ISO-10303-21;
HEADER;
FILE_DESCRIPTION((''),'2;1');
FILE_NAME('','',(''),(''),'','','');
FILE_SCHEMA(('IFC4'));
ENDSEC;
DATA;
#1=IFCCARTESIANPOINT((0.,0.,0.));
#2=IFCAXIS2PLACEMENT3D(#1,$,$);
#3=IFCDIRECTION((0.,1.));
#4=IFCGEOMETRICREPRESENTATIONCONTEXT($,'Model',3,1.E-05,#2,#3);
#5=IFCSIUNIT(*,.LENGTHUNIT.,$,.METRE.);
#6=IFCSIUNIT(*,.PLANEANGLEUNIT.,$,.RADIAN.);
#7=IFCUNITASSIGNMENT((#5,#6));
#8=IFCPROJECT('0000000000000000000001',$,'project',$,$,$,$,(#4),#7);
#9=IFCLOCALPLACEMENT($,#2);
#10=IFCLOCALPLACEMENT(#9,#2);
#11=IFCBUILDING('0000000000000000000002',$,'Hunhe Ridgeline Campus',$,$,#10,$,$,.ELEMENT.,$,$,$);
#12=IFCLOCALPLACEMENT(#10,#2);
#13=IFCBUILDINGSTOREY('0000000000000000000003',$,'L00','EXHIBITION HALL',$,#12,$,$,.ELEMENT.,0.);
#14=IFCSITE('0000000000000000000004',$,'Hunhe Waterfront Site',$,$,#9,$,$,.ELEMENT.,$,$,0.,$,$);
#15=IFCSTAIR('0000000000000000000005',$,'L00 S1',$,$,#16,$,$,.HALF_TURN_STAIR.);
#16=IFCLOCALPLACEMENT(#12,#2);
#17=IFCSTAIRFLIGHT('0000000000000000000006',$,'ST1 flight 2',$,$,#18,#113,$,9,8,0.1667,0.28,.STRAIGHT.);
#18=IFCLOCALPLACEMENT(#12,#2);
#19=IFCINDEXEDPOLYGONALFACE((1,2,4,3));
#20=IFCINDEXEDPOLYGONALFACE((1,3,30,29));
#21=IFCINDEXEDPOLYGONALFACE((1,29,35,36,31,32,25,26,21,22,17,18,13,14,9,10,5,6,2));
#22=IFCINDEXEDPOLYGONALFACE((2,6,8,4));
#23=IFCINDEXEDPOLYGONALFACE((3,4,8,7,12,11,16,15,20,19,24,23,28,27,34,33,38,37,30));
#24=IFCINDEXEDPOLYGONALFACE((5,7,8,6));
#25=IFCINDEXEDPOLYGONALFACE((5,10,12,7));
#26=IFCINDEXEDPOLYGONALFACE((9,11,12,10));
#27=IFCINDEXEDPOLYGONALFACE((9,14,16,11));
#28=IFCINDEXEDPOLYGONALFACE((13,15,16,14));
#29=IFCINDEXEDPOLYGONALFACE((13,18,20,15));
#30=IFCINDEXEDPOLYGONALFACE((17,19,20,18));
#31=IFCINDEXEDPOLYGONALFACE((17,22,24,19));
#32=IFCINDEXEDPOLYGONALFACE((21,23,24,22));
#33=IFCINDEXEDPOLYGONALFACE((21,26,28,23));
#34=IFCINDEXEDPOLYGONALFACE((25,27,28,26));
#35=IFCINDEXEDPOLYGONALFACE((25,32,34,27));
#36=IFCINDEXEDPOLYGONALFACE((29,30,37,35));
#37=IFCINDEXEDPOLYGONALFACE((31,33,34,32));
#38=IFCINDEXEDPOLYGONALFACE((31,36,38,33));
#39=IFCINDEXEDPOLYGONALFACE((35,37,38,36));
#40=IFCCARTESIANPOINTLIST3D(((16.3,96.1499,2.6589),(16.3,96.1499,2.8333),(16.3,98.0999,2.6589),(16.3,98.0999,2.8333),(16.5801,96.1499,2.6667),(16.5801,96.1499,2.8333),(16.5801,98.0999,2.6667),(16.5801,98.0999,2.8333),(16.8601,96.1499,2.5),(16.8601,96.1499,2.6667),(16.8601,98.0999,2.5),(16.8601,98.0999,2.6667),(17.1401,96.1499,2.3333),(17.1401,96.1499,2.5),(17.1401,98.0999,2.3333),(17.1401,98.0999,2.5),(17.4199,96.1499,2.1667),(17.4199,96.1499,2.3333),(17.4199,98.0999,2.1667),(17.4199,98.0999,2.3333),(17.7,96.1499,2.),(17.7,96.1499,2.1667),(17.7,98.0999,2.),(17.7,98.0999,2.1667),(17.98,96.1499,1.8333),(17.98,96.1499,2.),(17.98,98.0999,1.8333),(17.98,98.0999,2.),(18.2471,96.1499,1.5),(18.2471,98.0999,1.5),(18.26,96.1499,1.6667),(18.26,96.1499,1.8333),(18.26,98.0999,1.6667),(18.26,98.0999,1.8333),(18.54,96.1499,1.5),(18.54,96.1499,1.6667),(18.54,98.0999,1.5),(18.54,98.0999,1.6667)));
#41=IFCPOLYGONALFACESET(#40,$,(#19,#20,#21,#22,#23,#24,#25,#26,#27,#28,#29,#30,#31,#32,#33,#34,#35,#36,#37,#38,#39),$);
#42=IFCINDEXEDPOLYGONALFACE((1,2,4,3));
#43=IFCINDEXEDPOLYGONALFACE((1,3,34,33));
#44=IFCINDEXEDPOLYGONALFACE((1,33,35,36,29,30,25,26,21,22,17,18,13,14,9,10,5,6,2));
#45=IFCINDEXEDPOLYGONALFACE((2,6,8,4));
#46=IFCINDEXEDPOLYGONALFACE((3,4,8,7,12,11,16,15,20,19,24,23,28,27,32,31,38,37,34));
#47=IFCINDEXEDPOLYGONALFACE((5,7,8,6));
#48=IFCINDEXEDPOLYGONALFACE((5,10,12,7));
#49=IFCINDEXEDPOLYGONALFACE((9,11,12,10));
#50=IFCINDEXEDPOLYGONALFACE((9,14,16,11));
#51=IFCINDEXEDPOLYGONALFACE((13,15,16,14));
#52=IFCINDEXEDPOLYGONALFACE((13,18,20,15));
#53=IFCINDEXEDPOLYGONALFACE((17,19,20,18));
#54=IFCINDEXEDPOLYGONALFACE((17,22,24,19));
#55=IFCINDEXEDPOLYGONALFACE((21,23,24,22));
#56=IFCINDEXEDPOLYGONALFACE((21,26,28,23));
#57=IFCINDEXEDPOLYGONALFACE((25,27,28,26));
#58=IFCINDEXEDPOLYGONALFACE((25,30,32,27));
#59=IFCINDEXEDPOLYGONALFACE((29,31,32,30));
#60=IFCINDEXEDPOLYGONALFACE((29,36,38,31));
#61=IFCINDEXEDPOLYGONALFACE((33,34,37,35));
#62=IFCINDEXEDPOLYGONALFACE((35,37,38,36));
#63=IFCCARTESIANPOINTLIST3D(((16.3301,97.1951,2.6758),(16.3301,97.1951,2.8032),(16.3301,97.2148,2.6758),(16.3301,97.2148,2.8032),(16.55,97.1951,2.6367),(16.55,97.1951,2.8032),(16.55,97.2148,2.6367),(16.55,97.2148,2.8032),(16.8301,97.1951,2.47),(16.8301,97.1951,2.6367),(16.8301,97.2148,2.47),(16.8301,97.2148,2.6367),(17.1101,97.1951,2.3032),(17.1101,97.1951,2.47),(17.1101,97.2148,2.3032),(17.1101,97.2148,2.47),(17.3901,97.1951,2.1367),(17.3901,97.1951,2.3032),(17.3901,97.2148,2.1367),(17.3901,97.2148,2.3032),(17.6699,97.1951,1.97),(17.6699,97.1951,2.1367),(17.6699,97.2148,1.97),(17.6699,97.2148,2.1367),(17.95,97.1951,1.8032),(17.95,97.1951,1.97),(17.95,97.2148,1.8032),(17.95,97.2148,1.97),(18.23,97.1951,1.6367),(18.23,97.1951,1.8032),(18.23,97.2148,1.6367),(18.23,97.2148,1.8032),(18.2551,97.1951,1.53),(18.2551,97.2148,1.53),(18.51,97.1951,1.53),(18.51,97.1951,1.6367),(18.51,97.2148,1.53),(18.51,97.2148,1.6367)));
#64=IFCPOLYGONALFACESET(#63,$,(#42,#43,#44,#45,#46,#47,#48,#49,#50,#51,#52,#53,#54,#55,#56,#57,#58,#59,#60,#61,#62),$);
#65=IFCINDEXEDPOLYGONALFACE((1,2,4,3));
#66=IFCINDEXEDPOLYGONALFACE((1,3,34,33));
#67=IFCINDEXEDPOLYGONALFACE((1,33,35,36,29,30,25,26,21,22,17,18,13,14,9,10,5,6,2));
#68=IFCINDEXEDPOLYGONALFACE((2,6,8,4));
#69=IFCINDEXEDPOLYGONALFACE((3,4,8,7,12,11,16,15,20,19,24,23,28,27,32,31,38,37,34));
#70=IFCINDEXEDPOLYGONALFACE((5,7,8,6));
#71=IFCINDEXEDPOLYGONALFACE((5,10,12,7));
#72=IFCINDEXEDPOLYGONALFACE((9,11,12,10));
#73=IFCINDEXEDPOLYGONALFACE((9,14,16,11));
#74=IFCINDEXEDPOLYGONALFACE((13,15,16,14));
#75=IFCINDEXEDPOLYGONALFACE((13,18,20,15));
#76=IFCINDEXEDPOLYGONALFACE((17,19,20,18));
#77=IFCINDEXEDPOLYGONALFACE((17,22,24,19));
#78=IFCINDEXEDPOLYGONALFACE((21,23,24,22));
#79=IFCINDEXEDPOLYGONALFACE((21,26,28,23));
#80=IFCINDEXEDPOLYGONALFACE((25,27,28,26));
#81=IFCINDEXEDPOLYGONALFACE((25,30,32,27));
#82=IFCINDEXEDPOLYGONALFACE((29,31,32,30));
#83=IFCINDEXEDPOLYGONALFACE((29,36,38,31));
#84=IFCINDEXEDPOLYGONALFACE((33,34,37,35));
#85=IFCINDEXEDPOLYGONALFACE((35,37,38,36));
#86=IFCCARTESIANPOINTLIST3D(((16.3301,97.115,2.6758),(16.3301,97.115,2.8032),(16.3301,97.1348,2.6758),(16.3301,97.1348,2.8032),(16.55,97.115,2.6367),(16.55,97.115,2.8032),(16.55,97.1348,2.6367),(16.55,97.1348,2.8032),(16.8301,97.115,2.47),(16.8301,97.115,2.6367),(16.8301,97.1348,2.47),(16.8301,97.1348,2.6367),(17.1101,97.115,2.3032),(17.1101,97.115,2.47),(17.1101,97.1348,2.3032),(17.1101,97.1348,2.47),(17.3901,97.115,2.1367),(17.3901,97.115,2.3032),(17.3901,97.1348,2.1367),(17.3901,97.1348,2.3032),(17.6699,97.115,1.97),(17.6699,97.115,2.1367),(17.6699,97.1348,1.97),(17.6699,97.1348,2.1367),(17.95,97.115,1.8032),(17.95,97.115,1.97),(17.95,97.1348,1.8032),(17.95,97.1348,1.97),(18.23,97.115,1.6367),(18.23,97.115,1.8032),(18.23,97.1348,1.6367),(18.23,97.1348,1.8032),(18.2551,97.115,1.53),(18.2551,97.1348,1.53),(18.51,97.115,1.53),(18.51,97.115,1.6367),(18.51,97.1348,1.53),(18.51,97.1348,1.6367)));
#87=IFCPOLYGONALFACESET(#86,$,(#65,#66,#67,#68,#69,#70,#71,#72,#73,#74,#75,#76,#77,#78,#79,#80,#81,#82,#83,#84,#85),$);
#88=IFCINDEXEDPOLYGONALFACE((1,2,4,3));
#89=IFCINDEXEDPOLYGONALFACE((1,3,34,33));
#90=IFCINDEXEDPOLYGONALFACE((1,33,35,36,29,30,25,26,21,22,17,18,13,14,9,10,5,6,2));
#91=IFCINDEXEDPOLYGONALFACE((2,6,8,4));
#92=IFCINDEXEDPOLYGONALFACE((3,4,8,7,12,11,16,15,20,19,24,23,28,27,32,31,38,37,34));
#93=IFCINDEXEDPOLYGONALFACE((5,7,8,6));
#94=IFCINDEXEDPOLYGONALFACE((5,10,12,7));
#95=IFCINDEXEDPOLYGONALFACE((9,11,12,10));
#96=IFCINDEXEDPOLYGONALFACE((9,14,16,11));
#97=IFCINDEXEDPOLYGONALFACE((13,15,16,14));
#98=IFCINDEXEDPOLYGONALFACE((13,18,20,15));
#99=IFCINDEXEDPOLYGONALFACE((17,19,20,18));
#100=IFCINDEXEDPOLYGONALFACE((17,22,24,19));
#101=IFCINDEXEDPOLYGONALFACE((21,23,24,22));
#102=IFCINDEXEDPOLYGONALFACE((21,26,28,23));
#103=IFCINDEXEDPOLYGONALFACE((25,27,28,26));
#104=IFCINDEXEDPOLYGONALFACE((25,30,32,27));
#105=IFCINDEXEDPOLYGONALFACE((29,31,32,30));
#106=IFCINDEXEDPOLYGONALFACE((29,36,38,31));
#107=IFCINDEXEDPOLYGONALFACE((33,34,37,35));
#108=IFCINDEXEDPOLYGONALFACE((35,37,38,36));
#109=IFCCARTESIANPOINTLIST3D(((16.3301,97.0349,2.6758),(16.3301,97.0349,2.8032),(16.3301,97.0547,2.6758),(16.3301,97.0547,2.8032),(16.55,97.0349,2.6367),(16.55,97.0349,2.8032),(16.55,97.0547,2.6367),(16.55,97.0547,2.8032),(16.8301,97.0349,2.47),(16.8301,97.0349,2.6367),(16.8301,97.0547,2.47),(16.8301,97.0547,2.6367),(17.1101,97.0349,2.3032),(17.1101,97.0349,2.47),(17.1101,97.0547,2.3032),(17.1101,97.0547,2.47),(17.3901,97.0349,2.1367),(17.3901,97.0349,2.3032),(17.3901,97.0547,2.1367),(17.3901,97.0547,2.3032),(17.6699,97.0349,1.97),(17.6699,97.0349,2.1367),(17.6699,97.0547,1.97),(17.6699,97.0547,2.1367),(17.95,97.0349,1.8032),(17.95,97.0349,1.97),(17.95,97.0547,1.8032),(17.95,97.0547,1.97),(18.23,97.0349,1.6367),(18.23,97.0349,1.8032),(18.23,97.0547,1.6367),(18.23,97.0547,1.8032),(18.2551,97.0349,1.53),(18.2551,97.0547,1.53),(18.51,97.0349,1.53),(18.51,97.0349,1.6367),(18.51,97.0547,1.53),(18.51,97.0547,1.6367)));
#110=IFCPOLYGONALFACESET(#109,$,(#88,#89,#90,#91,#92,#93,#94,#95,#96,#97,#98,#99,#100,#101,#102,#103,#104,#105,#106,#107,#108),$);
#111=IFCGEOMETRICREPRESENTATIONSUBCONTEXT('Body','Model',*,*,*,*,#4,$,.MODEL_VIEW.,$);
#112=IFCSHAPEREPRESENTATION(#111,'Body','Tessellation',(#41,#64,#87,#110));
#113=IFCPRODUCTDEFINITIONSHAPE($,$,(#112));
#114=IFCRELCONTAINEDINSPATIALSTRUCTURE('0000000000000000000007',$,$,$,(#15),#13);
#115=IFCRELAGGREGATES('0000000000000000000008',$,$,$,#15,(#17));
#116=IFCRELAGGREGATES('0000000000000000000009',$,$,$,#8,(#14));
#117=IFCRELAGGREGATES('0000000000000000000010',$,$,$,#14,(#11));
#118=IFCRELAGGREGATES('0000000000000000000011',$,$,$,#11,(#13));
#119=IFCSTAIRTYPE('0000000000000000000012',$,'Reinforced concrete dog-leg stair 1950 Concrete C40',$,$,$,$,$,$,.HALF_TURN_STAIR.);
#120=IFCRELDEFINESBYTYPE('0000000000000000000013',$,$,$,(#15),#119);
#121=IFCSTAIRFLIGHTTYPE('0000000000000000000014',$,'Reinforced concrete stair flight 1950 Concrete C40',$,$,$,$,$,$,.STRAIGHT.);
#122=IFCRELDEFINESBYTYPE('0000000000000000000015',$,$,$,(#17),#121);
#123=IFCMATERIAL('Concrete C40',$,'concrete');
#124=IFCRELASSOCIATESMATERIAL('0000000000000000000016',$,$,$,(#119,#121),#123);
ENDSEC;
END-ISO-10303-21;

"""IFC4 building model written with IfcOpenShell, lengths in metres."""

from ifc_helpers import new_model, si_unit, direction, frame, origin, place, context, subcontext, project, spatial, polyline, outline, extrude, material, type_object, element, aggregate, save


model = new_model("IFC4")

# Units and contexts
model_context = context("Model", 3, precision=1e-05, world=origin(), true_north=direction((0.0, 1.0)))
body_context = subcontext(model_context, "Body", "Model", "MODEL_VIEW")
ifc_project = project(units=[si_unit("LENGTHUNIT", "METRE"), si_unit("PLANEANGLEUNIT", "RADIAN")], contexts=[model_context])

# Site, building, storey
site_placement = place(None, origin())
site = spatial("IfcSite", under=ifc_project, at=site_placement, Name="Hunhe Waterfront Site", CompositionType="ELEMENT", RefElevation=0.0)
building_placement = place(site_placement, origin())
building = spatial("IfcBuilding", under=site, at=building_placement, Name="Hunhe Ridgeline Campus", CompositionType="ELEMENT")
storey_placement = place(building_placement, origin())
storey = spatial("IfcBuildingStorey", under=building, at=storey_placement, Name="L00", Description="EXHIBITION HALL", CompositionType="ELEMENT", Elevation=0.0)

# Stair, stair flight
ifc_material_1 = material(Name="Concrete C40", Category="concrete")
stair_type = type_object("IfcStairType", Name="Reinforced concrete dog-leg stair 1950 Concrete C40", PredefinedType="HALF_TURN_STAIR", material=ifc_material_1)
stair_placement = place(storey_placement, origin())
stair = element("IfcStair", 1, at=stair_placement, inside=storey, type_object=stair_type, Name="L00 S1", PredefinedType="HALF_TURN_STAIR")
stair_flight_type = type_object("IfcStairFlightType", Name="Reinforced concrete stair flight 1950 Concrete C40", PredefinedType="STRAIGHT", material=ifc_material_1)
stair_flight_1_placement = place(storey_placement, frame((18.54, 97.125, 1.5), z_axis=(0.0, 0.0, 1.0), x_axis=(-1.0, 0.0, 0.0)))
stair_flight_1 = element("IfcStairFlight", 2, at=stair_flight_1_placement, type_object=stair_flight_type, Name="ST1 flight 2", NumberOfRisers=9, NumberOfTreads=8, PredefinedType="STRAIGHT", RiserHeight=0.1667, TreadLength=0.28, context=body_context, shape_type="SweptSolid", body=[
    extrude(outline(polyline([(0.0, 0.0), (0.0, 0.1667), (0.28, 0.1667), (0.28, 0.3333), (0.5601, 0.3333), (0.5601, 0.5), (0.8401, 0.5), (0.8401, 0.6667), (1.1201, 0.6667), (1.1201, 0.8333), (1.3999, 0.8333), (1.3999, 1.0), (1.6799, 1.0), (1.6799, 1.1667), (1.96, 1.1667), (1.96, 1.3333), (2.24, 1.3333), (2.24, 1.5), (2.24, 1.1589), (0.293, 0.0), (0.0, 0.0)])), frame((0.0, 0.9751, 0.0), z_axis=(0.0, -1.0, 0.0), x_axis=(1.0, 0.0, 0.0)), (0.0, 0.0, 1.0), 1.95),
    extrude(outline(polyline([(0.03, 0.03), (0.03, 0.1367), (0.3101, 0.1367), (0.3101, 0.3032), (0.5901, 0.3032), (0.5901, 0.47), (0.8701, 0.47), (0.8701, 0.6367), (1.1499, 0.6367), (1.1499, 0.8032), (1.4299, 0.8032), (1.4299, 0.97), (1.71, 0.97), (1.71, 1.1367), (1.99, 1.1367), (1.99, 1.3032), (2.21, 1.3032), (2.21, 1.1758), (0.2849, 0.03), (0.03, 0.03)])), frame((0.0, -0.0701, 0.0), z_axis=(0.0, -1.0, 0.0), x_axis=(1.0, 0.0, 0.0)), (0.0, 0.0, 1.0), 0.0198),
    extrude(outline(polyline([(0.03, 0.03), (0.03, 0.1367), (0.3101, 0.1367), (0.3101, 0.3032), (0.5901, 0.3032), (0.5901, 0.47), (0.8701, 0.47), (0.8701, 0.6367), (1.1499, 0.6367), (1.1499, 0.8032), (1.4299, 0.8032), (1.4299, 0.97), (1.71, 0.97), (1.71, 1.1367), (1.99, 1.1367), (1.99, 1.3032), (2.21, 1.3032), (2.21, 1.1758), (0.2849, 0.03), (0.03, 0.03)])), frame((0.0, 0.01, 0.0), z_axis=(0.0, -1.0, 0.0), x_axis=(1.0, 0.0, 0.0)), (0.0, 0.0, 1.0), 0.0198),
    extrude(outline(polyline([(0.03, 0.03), (0.03, 0.1367), (0.3101, 0.1367), (0.3101, 0.3032), (0.5901, 0.3032), (0.5901, 0.47), (0.8701, 0.47), (0.8701, 0.6367), (1.1499, 0.6367), (1.1499, 0.8032), (1.4299, 0.8032), (1.4299, 0.97), (1.71, 0.97), (1.71, 1.1367), (1.99, 1.1367), (1.99, 1.3032), (2.21, 1.3032), (2.21, 1.1758), (0.2849, 0.03), (0.03, 0.03)])), frame((0.0, 0.0901, 0.0), z_axis=(0.0, -1.0, 0.0), x_axis=(1.0, 0.0, 0.0)), (0.0, 0.0, 1.0), 0.0198),
])
aggregate(stair, [stair_flight_1])

save(model, "model.ifc")
